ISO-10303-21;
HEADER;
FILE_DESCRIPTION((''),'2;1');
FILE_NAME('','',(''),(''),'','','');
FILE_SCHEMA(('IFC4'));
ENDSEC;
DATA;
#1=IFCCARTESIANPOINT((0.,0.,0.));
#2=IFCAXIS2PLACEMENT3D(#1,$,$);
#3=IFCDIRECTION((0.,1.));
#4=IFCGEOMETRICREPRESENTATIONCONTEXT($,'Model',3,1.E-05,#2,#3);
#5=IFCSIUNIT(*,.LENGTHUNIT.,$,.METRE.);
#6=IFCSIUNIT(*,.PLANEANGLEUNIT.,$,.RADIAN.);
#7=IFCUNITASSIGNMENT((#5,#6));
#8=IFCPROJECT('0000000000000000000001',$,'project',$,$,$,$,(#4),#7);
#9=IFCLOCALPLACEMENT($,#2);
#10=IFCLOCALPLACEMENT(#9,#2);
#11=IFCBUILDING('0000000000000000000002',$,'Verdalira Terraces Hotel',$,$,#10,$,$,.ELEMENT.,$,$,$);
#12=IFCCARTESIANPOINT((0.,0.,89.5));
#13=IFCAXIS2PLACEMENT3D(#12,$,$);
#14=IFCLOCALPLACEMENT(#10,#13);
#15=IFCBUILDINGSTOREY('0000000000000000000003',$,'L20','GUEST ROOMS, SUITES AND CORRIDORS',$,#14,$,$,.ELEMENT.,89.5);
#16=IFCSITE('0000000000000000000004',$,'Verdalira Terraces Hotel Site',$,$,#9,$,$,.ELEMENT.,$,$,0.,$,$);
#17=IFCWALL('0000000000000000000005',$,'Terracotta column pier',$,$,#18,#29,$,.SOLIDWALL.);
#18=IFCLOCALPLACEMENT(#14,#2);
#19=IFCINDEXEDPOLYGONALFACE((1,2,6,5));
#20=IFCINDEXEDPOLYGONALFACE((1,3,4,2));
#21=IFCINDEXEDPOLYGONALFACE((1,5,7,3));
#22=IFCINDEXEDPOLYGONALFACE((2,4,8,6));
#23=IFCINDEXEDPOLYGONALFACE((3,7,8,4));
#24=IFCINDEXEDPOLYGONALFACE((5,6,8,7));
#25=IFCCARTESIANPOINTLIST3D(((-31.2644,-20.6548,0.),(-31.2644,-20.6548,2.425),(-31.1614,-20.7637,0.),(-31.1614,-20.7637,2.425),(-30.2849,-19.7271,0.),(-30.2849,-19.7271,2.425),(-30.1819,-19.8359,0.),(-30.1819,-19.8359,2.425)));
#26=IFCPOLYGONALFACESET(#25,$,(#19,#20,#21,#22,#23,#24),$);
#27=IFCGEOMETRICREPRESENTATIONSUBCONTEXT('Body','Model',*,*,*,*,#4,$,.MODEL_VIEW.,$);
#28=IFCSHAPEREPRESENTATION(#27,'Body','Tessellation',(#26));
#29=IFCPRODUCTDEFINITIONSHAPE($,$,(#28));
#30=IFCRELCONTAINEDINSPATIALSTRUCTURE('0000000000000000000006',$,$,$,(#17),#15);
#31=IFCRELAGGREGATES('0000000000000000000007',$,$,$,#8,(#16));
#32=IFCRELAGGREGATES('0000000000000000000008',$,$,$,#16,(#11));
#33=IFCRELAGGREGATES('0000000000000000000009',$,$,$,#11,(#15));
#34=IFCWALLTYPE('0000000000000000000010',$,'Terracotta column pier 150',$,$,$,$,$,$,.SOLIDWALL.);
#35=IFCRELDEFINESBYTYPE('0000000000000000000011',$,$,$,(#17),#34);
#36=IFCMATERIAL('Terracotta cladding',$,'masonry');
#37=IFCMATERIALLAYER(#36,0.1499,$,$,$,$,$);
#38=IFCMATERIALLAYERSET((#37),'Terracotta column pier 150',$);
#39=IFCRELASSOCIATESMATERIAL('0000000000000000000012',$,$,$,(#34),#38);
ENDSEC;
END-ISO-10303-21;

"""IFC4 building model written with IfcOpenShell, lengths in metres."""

from ifc_helpers import new_model, si_unit, direction, frame, frame_2d, origin, place, context, subcontext, project, spatial, rectangle, extrude, material, layer, layer_set, type_object, element, save


model = new_model("IFC4")

# Units and contexts
model_context = context("Model", 3, precision=1e-05, world=origin(), true_north=direction((0.0, 1.0)))
body_context = subcontext(model_context, "Body", "Model", "MODEL_VIEW")
ifc_project = project(units=[si_unit("LENGTHUNIT", "METRE"), si_unit("PLANEANGLEUNIT", "RADIAN")], contexts=[model_context])

# Site, building, storey
site_placement = place(None, origin())
site = spatial("IfcSite", under=ifc_project, at=site_placement, Name="Verdalira Terraces Hotel Site", CompositionType="ELEMENT", RefElevation=0.0)
building_placement = place(site_placement, origin())
building = spatial("IfcBuilding", under=site, at=building_placement, Name="Verdalira Terraces Hotel", CompositionType="ELEMENT")
storey_placement = place(building_placement, frame((0.0, 0.0, 89.5)))
storey = spatial("IfcBuildingStorey", under=building, at=storey_placement, Name="L20", Description="GUEST ROOMS, SUITES AND CORRIDORS", CompositionType="ELEMENT", Elevation=89.5)

# Wall
ifc_material_1 = material(Name="Terracotta cladding", Category="masonry")
ifc_layer_1 = layer(ifc_material_1, 0.1499)
ifc_layer_set_1 = layer_set([ifc_layer_1], Name="Terracotta column pier 150")
wall_type_1 = type_object("IfcWallType", Name="Terracotta column pier 150", PredefinedType="SOLIDWALL", material=ifc_layer_set_1)
wall_1_placement = place(storey_placement, frame((-30.2334, -19.7815, 0.0), z_axis=(0.0, 0.0, 1.0), x_axis=(-0.726029, -0.687664, 0.0)))
element("IfcWall", 1, at=wall_1_placement, inside=storey, type_object=wall_type_1, Name="Terracotta column pier", PredefinedType="SOLIDWALL", context=body_context, shape_type="SweptSolid", body=[
    extrude(rectangle(XDim=1.3491, YDim=0.1499, at=frame_2d((0.6746, 0.0))), origin(), (0.0, 0.0, 1.0), 2.425),
])

save(model, "model.ifc")
